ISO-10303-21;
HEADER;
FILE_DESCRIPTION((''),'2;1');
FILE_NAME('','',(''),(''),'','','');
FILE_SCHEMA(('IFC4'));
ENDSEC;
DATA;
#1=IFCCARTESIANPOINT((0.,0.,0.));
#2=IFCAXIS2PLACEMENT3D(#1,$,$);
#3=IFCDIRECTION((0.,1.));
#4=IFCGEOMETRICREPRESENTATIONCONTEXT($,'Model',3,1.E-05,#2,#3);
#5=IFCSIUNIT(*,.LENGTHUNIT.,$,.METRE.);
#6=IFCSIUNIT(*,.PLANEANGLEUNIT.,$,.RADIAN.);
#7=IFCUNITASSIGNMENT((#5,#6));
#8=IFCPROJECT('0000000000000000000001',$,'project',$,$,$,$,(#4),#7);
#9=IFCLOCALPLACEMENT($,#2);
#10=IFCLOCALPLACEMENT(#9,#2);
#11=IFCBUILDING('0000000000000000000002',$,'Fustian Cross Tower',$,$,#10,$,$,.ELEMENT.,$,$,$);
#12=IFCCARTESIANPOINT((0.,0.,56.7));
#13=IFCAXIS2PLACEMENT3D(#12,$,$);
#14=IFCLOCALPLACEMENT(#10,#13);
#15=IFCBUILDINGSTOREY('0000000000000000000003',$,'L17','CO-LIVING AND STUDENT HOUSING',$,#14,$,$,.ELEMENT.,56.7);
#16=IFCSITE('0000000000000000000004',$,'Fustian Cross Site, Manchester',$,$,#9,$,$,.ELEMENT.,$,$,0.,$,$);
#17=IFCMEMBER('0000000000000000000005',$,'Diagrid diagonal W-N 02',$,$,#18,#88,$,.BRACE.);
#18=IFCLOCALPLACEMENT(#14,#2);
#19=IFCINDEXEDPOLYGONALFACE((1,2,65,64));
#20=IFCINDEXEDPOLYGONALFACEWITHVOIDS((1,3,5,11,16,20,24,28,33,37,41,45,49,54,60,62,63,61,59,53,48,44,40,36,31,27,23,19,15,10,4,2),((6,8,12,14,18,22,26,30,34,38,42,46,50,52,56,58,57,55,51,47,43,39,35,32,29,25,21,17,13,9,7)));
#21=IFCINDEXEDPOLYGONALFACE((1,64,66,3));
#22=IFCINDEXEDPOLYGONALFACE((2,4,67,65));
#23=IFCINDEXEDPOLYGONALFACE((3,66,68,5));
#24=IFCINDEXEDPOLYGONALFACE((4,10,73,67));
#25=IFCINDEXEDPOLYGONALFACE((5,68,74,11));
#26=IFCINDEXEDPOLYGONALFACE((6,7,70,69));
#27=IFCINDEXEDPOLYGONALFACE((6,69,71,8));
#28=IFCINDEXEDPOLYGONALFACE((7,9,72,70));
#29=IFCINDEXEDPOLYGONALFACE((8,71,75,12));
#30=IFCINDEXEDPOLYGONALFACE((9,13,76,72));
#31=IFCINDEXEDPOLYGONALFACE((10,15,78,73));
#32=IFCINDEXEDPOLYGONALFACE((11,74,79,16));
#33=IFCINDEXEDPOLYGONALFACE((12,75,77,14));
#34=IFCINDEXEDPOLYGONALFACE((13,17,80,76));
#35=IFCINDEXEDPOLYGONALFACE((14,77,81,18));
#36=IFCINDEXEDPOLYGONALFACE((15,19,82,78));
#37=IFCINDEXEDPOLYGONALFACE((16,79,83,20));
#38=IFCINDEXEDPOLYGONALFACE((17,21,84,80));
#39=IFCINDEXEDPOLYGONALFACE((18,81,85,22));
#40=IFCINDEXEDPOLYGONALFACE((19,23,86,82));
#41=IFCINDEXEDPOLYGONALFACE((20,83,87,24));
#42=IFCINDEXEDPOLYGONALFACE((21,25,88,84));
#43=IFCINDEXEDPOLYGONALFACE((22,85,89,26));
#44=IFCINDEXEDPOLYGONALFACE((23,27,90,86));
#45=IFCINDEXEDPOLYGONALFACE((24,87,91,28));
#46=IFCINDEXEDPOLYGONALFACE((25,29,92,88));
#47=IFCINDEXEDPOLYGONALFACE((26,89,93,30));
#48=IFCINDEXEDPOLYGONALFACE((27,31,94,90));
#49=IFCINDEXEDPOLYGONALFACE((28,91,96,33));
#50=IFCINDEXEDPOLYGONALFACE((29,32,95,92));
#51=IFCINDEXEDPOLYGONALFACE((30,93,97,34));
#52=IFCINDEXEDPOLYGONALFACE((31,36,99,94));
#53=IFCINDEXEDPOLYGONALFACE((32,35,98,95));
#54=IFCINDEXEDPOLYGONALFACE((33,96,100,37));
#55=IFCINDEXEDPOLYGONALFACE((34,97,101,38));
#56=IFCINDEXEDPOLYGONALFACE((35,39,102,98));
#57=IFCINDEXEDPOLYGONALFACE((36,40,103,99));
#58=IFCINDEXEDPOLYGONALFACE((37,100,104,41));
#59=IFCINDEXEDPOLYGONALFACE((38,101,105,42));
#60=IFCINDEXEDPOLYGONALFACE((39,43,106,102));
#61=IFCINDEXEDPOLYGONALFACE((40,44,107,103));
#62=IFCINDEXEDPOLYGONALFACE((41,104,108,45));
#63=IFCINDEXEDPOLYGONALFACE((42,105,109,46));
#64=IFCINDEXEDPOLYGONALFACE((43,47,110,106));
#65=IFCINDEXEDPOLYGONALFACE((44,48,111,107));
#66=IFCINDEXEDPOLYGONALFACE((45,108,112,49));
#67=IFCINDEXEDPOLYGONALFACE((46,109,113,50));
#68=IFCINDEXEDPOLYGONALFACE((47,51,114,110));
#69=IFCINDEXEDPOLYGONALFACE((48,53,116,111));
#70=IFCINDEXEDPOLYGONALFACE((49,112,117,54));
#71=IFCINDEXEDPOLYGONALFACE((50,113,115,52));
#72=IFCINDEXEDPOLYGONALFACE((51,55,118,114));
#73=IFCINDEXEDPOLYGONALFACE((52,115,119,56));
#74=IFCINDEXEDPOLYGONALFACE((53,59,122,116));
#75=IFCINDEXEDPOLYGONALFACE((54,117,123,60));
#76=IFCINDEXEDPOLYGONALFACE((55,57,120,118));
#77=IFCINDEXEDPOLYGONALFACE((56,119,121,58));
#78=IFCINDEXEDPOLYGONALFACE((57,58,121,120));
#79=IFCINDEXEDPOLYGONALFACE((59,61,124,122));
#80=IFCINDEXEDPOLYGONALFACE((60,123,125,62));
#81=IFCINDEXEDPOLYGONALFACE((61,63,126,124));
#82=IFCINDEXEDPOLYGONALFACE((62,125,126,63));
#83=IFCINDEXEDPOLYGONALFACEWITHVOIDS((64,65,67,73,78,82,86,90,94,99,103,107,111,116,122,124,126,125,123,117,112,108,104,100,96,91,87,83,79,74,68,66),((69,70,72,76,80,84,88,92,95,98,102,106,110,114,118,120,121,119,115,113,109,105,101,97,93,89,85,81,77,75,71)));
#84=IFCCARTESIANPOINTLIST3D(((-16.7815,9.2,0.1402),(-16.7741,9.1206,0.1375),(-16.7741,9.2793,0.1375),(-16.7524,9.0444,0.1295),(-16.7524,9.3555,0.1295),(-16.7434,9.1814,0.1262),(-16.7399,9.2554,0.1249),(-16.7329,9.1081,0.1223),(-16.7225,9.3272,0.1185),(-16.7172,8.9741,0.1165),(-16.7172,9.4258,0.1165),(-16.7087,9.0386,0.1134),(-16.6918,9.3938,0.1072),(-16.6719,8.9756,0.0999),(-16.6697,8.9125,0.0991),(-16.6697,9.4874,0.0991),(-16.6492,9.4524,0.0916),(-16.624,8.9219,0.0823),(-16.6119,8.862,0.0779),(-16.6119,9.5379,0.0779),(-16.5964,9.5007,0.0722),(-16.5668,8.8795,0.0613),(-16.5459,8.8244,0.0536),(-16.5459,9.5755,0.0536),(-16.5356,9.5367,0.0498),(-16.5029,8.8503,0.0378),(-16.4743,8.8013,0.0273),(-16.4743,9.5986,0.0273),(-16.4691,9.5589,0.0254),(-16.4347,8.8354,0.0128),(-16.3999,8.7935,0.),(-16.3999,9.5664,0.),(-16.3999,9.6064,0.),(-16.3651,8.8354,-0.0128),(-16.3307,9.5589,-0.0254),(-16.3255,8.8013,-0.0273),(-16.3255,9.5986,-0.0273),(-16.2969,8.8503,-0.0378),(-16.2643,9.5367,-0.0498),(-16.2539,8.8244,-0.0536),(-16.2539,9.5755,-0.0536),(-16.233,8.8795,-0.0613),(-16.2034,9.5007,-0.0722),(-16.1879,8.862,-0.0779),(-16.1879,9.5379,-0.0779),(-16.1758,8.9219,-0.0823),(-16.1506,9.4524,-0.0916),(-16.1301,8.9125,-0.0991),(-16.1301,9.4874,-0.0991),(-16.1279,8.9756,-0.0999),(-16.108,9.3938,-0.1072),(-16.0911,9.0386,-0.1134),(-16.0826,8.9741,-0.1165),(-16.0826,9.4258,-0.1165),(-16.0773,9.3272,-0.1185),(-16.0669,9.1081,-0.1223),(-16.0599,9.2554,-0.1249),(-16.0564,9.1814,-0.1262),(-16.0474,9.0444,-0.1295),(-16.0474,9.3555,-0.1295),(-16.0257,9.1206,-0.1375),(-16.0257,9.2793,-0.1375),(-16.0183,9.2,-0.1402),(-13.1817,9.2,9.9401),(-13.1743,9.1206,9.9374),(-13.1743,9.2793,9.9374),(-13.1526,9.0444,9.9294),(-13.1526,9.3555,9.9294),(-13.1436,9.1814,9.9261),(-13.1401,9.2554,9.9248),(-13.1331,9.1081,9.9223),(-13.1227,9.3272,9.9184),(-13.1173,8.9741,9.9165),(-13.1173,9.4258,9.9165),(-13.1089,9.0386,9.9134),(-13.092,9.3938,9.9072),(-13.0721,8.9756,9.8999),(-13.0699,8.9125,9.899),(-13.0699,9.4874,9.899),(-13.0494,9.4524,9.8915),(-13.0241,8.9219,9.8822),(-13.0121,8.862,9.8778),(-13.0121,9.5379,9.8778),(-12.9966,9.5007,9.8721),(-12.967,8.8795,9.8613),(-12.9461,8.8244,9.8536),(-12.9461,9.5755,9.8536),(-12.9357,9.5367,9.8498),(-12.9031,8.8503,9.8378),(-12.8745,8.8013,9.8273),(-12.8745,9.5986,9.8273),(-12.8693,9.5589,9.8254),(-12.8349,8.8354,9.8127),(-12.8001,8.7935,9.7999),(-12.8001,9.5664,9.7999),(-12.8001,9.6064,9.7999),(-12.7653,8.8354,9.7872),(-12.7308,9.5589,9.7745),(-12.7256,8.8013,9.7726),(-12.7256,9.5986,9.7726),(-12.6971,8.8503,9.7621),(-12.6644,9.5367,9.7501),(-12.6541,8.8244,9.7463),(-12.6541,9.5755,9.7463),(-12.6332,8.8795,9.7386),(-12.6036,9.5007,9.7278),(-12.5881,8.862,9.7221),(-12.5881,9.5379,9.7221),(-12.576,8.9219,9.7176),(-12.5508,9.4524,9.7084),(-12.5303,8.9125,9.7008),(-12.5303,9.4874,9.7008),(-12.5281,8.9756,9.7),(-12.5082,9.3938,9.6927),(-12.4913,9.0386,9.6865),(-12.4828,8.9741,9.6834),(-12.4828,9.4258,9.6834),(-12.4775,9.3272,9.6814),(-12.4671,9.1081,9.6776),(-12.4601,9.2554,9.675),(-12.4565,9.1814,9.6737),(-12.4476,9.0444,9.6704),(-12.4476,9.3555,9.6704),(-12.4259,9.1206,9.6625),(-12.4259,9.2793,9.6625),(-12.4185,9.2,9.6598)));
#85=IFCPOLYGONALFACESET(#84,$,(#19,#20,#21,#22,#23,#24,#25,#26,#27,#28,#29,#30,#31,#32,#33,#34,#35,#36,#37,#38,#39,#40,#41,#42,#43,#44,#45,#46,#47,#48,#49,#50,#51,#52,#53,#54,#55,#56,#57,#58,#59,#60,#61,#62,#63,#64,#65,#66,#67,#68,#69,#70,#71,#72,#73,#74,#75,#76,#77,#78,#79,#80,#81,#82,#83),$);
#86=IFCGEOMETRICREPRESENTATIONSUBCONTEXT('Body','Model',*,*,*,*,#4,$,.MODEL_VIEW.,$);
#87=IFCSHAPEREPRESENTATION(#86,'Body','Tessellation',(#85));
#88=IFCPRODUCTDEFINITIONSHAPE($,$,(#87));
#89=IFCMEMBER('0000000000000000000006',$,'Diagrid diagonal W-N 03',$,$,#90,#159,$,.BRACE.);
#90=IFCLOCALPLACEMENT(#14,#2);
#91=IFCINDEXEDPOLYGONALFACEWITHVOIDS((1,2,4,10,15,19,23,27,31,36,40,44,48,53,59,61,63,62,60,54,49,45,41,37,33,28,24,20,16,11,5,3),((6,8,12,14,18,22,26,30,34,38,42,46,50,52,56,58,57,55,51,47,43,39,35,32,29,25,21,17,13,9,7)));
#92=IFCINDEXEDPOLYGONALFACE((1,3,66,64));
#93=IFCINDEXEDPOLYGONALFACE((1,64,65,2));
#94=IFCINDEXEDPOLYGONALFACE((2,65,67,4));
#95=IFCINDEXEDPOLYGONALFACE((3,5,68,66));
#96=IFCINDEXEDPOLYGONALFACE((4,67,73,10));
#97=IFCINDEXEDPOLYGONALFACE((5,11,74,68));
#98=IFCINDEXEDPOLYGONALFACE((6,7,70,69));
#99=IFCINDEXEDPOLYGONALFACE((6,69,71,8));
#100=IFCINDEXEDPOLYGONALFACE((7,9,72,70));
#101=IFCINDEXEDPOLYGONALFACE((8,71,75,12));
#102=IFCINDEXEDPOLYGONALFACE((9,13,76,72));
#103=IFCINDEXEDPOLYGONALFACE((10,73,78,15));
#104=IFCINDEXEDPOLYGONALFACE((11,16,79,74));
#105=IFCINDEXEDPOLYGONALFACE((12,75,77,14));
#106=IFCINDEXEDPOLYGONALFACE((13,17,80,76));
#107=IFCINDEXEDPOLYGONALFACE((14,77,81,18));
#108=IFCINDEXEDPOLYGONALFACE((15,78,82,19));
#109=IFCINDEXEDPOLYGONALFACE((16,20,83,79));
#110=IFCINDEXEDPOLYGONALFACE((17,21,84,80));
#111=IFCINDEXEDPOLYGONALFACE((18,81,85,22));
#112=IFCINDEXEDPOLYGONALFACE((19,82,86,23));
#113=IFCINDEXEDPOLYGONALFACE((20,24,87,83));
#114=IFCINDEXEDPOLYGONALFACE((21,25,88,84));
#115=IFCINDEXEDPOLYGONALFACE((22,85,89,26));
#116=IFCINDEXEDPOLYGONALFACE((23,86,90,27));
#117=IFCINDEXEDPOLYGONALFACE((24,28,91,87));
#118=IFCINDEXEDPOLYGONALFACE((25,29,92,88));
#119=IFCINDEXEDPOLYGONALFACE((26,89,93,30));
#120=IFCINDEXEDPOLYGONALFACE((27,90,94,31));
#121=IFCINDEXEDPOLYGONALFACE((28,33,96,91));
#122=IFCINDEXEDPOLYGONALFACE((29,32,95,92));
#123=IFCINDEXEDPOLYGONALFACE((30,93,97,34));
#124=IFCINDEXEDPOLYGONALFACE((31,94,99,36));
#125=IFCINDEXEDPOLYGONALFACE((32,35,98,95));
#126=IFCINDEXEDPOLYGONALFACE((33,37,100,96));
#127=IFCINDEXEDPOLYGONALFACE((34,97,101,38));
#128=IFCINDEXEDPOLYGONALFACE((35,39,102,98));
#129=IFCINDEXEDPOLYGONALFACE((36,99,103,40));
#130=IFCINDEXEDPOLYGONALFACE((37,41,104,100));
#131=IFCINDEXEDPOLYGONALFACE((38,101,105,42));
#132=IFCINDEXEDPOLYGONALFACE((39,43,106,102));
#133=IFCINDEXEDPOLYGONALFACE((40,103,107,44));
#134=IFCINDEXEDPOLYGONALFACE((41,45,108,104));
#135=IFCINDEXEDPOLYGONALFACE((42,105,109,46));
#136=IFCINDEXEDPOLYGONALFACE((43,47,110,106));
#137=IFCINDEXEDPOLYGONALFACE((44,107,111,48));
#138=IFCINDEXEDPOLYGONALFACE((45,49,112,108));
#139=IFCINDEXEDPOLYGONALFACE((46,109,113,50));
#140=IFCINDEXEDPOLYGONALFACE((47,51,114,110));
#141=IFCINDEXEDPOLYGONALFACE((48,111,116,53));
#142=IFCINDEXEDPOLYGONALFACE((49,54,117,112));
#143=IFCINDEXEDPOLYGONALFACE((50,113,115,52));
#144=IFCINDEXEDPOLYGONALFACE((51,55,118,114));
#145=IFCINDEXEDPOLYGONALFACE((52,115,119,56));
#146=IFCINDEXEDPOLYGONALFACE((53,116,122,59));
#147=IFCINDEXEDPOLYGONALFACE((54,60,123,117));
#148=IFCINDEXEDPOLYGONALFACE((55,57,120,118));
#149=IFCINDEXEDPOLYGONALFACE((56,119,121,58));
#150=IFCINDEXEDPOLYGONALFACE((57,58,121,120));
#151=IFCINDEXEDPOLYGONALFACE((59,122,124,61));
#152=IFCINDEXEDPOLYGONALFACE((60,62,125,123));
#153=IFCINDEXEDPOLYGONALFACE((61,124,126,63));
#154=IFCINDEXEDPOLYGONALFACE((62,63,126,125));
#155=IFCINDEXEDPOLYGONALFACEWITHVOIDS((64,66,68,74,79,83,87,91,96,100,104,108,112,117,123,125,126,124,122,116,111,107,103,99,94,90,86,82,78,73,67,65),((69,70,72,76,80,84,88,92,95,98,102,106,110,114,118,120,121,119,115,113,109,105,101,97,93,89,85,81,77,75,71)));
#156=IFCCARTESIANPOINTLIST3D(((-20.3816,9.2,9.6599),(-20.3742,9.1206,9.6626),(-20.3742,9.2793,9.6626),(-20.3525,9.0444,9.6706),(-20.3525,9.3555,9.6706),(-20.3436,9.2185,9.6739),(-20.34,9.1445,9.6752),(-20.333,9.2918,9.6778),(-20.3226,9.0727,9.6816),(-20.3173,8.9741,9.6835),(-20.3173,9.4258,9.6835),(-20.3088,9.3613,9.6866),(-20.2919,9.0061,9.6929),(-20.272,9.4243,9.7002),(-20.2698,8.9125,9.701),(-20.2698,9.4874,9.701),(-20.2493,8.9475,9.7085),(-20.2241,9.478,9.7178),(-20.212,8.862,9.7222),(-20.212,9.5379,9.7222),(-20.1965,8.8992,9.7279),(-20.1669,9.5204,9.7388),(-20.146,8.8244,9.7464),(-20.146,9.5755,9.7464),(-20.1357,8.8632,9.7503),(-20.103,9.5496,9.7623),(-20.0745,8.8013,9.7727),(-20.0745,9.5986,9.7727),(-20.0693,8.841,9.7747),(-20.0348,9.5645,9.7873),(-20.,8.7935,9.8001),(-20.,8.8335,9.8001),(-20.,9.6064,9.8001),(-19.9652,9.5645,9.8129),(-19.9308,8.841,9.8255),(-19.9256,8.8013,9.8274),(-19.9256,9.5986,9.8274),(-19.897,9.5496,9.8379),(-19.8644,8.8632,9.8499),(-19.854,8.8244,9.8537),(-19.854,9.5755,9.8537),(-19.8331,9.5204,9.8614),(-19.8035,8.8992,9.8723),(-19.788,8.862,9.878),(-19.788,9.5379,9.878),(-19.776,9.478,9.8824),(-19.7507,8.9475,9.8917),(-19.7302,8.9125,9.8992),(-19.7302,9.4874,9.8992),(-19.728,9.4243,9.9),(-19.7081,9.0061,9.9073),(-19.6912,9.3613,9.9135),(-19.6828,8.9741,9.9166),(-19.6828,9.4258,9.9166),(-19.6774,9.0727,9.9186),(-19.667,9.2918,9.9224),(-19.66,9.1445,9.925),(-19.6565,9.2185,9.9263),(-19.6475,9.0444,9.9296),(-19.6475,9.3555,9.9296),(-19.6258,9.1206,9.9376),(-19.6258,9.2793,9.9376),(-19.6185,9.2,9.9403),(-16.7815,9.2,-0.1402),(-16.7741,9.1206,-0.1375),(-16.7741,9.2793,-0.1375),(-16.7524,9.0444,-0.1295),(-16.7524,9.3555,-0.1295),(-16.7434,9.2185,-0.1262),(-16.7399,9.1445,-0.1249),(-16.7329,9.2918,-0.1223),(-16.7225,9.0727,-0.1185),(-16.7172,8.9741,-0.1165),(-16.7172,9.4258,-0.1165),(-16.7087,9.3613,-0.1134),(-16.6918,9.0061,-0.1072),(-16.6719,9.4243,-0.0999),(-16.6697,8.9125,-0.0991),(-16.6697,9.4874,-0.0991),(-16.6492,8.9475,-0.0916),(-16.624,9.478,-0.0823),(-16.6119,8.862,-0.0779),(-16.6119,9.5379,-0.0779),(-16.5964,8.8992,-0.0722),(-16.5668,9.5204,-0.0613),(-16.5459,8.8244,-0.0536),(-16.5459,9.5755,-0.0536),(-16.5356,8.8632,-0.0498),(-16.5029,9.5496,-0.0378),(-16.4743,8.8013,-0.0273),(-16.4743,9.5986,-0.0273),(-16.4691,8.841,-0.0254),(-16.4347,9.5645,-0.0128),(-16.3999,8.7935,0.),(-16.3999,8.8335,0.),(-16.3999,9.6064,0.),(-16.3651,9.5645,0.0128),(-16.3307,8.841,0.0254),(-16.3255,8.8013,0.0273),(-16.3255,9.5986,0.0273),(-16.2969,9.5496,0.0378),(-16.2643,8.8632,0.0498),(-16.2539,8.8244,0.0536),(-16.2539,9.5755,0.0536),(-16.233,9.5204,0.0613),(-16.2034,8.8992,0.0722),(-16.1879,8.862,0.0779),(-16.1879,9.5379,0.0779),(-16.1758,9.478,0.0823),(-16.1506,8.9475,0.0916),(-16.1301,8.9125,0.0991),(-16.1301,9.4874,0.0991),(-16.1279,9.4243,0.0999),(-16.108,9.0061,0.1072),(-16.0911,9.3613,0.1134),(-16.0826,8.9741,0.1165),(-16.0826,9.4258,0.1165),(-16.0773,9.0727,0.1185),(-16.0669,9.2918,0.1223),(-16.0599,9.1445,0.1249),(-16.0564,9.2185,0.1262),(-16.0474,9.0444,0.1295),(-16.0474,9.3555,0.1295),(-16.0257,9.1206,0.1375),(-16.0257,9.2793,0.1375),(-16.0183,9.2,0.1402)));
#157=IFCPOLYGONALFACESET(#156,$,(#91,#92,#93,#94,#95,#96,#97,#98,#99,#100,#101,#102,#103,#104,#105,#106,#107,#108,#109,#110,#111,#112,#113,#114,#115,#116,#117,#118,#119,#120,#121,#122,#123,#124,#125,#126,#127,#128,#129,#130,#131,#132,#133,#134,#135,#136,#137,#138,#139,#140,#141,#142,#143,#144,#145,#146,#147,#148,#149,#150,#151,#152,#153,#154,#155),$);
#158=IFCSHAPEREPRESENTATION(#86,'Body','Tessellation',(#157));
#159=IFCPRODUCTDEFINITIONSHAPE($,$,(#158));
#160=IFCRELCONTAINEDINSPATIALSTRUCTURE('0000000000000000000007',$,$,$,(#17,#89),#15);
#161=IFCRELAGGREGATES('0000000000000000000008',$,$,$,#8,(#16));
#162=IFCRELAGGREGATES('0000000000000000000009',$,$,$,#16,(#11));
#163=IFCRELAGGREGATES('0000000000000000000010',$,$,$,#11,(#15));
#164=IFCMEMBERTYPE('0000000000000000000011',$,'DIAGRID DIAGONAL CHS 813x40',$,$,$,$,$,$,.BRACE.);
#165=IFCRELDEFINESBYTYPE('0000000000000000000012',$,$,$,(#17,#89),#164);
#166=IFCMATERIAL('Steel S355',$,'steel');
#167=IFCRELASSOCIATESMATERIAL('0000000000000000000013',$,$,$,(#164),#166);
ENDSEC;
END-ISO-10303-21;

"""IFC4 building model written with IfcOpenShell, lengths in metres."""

from ifc_helpers import new_model, si_unit, direction, frame, origin, origin_2d, place, context, subcontext, project, spatial, hollow_circle, extrude, material, material_profile, profile_set, type_object, element, save


model = new_model("IFC4")

# Units and contexts
model_context = context("Model", 3, precision=1e-05, world=origin(), true_north=direction((0.0, 1.0)))
body_context = subcontext(model_context, "Body", "Model", "MODEL_VIEW")
ifc_project = project(units=[si_unit("LENGTHUNIT", "METRE"), si_unit("PLANEANGLEUNIT", "RADIAN")], contexts=[model_context])

# Site, building, storey
site_placement = place(None, origin())
site = spatial("IfcSite", under=ifc_project, at=site_placement, Name="Fustian Cross Site, Manchester", CompositionType="ELEMENT", RefElevation=0.0)
building_placement = place(site_placement, origin())
building = spatial("IfcBuilding", under=site, at=building_placement, Name="Fustian Cross Tower", CompositionType="ELEMENT")
storey_placement = place(building_placement, frame((0.0, 0.0, 56.7)))
storey = spatial("IfcBuildingStorey", under=building, at=storey_placement, Name="L17", Description="CO-LIVING AND STUDENT HOUSING", CompositionType="ELEMENT", Elevation=56.7)

# Members
ifc_material_1 = material(Name="Steel S355", Category="steel")
ifc_material_profile_1 = material_profile(ifc_material_1, hollow_circle(Radius=0.4065, WallThickness=0.04, at=origin_2d()), Name="CHS 813x40")
ifc_profile_set_1 = profile_set([ifc_material_profile_1], Name="Steel S355")
member_type_1 = type_object("IfcMemberType", Name="DIAGRID DIAGONAL CHS 813x40", PredefinedType="BRACE", material=ifc_profile_set_1)
for number, where, z_axis, x_axis, name in (
    (1, (-16.3999, 9.2, 0.0), (0.344804, 0.0, 0.938675), (0.0, 1.0, 0.0), "Diagrid diagonal W-N 02"),
):
    element("IfcMember", number, at=place(storey_placement, frame(where, z_axis=z_axis, x_axis=x_axis)), inside=storey, type_object=member_type_1, Name=name, PredefinedType="BRACE", context=body_context, shape_type="SweptSolid", body=[
        extrude(hollow_circle(Radius=0.4065, WallThickness=0.04, at=origin_2d()), origin(), (0.0, 0.0, 1.0), 10.4402),
    ])
member_1_placement = place(storey_placement, frame((-16.3999, 9.2, 0.0), z_axis=(-0.344824, 0.0, 0.938667), x_axis=(0.0, -1.0, 0.0)))
element("IfcMember", 2, at=member_1_placement, inside=storey, type_object=member_type_1, Name="Diagrid diagonal W-N 03", PredefinedType="BRACE", context=body_context, shape_type="SweptSolid", body=[
    extrude(hollow_circle(Radius=0.4065, WallThickness=0.04, at=origin_2d()), origin(), (0.0, 0.0, 1.0), 10.4404),
])

save(model, "model.ifc")
